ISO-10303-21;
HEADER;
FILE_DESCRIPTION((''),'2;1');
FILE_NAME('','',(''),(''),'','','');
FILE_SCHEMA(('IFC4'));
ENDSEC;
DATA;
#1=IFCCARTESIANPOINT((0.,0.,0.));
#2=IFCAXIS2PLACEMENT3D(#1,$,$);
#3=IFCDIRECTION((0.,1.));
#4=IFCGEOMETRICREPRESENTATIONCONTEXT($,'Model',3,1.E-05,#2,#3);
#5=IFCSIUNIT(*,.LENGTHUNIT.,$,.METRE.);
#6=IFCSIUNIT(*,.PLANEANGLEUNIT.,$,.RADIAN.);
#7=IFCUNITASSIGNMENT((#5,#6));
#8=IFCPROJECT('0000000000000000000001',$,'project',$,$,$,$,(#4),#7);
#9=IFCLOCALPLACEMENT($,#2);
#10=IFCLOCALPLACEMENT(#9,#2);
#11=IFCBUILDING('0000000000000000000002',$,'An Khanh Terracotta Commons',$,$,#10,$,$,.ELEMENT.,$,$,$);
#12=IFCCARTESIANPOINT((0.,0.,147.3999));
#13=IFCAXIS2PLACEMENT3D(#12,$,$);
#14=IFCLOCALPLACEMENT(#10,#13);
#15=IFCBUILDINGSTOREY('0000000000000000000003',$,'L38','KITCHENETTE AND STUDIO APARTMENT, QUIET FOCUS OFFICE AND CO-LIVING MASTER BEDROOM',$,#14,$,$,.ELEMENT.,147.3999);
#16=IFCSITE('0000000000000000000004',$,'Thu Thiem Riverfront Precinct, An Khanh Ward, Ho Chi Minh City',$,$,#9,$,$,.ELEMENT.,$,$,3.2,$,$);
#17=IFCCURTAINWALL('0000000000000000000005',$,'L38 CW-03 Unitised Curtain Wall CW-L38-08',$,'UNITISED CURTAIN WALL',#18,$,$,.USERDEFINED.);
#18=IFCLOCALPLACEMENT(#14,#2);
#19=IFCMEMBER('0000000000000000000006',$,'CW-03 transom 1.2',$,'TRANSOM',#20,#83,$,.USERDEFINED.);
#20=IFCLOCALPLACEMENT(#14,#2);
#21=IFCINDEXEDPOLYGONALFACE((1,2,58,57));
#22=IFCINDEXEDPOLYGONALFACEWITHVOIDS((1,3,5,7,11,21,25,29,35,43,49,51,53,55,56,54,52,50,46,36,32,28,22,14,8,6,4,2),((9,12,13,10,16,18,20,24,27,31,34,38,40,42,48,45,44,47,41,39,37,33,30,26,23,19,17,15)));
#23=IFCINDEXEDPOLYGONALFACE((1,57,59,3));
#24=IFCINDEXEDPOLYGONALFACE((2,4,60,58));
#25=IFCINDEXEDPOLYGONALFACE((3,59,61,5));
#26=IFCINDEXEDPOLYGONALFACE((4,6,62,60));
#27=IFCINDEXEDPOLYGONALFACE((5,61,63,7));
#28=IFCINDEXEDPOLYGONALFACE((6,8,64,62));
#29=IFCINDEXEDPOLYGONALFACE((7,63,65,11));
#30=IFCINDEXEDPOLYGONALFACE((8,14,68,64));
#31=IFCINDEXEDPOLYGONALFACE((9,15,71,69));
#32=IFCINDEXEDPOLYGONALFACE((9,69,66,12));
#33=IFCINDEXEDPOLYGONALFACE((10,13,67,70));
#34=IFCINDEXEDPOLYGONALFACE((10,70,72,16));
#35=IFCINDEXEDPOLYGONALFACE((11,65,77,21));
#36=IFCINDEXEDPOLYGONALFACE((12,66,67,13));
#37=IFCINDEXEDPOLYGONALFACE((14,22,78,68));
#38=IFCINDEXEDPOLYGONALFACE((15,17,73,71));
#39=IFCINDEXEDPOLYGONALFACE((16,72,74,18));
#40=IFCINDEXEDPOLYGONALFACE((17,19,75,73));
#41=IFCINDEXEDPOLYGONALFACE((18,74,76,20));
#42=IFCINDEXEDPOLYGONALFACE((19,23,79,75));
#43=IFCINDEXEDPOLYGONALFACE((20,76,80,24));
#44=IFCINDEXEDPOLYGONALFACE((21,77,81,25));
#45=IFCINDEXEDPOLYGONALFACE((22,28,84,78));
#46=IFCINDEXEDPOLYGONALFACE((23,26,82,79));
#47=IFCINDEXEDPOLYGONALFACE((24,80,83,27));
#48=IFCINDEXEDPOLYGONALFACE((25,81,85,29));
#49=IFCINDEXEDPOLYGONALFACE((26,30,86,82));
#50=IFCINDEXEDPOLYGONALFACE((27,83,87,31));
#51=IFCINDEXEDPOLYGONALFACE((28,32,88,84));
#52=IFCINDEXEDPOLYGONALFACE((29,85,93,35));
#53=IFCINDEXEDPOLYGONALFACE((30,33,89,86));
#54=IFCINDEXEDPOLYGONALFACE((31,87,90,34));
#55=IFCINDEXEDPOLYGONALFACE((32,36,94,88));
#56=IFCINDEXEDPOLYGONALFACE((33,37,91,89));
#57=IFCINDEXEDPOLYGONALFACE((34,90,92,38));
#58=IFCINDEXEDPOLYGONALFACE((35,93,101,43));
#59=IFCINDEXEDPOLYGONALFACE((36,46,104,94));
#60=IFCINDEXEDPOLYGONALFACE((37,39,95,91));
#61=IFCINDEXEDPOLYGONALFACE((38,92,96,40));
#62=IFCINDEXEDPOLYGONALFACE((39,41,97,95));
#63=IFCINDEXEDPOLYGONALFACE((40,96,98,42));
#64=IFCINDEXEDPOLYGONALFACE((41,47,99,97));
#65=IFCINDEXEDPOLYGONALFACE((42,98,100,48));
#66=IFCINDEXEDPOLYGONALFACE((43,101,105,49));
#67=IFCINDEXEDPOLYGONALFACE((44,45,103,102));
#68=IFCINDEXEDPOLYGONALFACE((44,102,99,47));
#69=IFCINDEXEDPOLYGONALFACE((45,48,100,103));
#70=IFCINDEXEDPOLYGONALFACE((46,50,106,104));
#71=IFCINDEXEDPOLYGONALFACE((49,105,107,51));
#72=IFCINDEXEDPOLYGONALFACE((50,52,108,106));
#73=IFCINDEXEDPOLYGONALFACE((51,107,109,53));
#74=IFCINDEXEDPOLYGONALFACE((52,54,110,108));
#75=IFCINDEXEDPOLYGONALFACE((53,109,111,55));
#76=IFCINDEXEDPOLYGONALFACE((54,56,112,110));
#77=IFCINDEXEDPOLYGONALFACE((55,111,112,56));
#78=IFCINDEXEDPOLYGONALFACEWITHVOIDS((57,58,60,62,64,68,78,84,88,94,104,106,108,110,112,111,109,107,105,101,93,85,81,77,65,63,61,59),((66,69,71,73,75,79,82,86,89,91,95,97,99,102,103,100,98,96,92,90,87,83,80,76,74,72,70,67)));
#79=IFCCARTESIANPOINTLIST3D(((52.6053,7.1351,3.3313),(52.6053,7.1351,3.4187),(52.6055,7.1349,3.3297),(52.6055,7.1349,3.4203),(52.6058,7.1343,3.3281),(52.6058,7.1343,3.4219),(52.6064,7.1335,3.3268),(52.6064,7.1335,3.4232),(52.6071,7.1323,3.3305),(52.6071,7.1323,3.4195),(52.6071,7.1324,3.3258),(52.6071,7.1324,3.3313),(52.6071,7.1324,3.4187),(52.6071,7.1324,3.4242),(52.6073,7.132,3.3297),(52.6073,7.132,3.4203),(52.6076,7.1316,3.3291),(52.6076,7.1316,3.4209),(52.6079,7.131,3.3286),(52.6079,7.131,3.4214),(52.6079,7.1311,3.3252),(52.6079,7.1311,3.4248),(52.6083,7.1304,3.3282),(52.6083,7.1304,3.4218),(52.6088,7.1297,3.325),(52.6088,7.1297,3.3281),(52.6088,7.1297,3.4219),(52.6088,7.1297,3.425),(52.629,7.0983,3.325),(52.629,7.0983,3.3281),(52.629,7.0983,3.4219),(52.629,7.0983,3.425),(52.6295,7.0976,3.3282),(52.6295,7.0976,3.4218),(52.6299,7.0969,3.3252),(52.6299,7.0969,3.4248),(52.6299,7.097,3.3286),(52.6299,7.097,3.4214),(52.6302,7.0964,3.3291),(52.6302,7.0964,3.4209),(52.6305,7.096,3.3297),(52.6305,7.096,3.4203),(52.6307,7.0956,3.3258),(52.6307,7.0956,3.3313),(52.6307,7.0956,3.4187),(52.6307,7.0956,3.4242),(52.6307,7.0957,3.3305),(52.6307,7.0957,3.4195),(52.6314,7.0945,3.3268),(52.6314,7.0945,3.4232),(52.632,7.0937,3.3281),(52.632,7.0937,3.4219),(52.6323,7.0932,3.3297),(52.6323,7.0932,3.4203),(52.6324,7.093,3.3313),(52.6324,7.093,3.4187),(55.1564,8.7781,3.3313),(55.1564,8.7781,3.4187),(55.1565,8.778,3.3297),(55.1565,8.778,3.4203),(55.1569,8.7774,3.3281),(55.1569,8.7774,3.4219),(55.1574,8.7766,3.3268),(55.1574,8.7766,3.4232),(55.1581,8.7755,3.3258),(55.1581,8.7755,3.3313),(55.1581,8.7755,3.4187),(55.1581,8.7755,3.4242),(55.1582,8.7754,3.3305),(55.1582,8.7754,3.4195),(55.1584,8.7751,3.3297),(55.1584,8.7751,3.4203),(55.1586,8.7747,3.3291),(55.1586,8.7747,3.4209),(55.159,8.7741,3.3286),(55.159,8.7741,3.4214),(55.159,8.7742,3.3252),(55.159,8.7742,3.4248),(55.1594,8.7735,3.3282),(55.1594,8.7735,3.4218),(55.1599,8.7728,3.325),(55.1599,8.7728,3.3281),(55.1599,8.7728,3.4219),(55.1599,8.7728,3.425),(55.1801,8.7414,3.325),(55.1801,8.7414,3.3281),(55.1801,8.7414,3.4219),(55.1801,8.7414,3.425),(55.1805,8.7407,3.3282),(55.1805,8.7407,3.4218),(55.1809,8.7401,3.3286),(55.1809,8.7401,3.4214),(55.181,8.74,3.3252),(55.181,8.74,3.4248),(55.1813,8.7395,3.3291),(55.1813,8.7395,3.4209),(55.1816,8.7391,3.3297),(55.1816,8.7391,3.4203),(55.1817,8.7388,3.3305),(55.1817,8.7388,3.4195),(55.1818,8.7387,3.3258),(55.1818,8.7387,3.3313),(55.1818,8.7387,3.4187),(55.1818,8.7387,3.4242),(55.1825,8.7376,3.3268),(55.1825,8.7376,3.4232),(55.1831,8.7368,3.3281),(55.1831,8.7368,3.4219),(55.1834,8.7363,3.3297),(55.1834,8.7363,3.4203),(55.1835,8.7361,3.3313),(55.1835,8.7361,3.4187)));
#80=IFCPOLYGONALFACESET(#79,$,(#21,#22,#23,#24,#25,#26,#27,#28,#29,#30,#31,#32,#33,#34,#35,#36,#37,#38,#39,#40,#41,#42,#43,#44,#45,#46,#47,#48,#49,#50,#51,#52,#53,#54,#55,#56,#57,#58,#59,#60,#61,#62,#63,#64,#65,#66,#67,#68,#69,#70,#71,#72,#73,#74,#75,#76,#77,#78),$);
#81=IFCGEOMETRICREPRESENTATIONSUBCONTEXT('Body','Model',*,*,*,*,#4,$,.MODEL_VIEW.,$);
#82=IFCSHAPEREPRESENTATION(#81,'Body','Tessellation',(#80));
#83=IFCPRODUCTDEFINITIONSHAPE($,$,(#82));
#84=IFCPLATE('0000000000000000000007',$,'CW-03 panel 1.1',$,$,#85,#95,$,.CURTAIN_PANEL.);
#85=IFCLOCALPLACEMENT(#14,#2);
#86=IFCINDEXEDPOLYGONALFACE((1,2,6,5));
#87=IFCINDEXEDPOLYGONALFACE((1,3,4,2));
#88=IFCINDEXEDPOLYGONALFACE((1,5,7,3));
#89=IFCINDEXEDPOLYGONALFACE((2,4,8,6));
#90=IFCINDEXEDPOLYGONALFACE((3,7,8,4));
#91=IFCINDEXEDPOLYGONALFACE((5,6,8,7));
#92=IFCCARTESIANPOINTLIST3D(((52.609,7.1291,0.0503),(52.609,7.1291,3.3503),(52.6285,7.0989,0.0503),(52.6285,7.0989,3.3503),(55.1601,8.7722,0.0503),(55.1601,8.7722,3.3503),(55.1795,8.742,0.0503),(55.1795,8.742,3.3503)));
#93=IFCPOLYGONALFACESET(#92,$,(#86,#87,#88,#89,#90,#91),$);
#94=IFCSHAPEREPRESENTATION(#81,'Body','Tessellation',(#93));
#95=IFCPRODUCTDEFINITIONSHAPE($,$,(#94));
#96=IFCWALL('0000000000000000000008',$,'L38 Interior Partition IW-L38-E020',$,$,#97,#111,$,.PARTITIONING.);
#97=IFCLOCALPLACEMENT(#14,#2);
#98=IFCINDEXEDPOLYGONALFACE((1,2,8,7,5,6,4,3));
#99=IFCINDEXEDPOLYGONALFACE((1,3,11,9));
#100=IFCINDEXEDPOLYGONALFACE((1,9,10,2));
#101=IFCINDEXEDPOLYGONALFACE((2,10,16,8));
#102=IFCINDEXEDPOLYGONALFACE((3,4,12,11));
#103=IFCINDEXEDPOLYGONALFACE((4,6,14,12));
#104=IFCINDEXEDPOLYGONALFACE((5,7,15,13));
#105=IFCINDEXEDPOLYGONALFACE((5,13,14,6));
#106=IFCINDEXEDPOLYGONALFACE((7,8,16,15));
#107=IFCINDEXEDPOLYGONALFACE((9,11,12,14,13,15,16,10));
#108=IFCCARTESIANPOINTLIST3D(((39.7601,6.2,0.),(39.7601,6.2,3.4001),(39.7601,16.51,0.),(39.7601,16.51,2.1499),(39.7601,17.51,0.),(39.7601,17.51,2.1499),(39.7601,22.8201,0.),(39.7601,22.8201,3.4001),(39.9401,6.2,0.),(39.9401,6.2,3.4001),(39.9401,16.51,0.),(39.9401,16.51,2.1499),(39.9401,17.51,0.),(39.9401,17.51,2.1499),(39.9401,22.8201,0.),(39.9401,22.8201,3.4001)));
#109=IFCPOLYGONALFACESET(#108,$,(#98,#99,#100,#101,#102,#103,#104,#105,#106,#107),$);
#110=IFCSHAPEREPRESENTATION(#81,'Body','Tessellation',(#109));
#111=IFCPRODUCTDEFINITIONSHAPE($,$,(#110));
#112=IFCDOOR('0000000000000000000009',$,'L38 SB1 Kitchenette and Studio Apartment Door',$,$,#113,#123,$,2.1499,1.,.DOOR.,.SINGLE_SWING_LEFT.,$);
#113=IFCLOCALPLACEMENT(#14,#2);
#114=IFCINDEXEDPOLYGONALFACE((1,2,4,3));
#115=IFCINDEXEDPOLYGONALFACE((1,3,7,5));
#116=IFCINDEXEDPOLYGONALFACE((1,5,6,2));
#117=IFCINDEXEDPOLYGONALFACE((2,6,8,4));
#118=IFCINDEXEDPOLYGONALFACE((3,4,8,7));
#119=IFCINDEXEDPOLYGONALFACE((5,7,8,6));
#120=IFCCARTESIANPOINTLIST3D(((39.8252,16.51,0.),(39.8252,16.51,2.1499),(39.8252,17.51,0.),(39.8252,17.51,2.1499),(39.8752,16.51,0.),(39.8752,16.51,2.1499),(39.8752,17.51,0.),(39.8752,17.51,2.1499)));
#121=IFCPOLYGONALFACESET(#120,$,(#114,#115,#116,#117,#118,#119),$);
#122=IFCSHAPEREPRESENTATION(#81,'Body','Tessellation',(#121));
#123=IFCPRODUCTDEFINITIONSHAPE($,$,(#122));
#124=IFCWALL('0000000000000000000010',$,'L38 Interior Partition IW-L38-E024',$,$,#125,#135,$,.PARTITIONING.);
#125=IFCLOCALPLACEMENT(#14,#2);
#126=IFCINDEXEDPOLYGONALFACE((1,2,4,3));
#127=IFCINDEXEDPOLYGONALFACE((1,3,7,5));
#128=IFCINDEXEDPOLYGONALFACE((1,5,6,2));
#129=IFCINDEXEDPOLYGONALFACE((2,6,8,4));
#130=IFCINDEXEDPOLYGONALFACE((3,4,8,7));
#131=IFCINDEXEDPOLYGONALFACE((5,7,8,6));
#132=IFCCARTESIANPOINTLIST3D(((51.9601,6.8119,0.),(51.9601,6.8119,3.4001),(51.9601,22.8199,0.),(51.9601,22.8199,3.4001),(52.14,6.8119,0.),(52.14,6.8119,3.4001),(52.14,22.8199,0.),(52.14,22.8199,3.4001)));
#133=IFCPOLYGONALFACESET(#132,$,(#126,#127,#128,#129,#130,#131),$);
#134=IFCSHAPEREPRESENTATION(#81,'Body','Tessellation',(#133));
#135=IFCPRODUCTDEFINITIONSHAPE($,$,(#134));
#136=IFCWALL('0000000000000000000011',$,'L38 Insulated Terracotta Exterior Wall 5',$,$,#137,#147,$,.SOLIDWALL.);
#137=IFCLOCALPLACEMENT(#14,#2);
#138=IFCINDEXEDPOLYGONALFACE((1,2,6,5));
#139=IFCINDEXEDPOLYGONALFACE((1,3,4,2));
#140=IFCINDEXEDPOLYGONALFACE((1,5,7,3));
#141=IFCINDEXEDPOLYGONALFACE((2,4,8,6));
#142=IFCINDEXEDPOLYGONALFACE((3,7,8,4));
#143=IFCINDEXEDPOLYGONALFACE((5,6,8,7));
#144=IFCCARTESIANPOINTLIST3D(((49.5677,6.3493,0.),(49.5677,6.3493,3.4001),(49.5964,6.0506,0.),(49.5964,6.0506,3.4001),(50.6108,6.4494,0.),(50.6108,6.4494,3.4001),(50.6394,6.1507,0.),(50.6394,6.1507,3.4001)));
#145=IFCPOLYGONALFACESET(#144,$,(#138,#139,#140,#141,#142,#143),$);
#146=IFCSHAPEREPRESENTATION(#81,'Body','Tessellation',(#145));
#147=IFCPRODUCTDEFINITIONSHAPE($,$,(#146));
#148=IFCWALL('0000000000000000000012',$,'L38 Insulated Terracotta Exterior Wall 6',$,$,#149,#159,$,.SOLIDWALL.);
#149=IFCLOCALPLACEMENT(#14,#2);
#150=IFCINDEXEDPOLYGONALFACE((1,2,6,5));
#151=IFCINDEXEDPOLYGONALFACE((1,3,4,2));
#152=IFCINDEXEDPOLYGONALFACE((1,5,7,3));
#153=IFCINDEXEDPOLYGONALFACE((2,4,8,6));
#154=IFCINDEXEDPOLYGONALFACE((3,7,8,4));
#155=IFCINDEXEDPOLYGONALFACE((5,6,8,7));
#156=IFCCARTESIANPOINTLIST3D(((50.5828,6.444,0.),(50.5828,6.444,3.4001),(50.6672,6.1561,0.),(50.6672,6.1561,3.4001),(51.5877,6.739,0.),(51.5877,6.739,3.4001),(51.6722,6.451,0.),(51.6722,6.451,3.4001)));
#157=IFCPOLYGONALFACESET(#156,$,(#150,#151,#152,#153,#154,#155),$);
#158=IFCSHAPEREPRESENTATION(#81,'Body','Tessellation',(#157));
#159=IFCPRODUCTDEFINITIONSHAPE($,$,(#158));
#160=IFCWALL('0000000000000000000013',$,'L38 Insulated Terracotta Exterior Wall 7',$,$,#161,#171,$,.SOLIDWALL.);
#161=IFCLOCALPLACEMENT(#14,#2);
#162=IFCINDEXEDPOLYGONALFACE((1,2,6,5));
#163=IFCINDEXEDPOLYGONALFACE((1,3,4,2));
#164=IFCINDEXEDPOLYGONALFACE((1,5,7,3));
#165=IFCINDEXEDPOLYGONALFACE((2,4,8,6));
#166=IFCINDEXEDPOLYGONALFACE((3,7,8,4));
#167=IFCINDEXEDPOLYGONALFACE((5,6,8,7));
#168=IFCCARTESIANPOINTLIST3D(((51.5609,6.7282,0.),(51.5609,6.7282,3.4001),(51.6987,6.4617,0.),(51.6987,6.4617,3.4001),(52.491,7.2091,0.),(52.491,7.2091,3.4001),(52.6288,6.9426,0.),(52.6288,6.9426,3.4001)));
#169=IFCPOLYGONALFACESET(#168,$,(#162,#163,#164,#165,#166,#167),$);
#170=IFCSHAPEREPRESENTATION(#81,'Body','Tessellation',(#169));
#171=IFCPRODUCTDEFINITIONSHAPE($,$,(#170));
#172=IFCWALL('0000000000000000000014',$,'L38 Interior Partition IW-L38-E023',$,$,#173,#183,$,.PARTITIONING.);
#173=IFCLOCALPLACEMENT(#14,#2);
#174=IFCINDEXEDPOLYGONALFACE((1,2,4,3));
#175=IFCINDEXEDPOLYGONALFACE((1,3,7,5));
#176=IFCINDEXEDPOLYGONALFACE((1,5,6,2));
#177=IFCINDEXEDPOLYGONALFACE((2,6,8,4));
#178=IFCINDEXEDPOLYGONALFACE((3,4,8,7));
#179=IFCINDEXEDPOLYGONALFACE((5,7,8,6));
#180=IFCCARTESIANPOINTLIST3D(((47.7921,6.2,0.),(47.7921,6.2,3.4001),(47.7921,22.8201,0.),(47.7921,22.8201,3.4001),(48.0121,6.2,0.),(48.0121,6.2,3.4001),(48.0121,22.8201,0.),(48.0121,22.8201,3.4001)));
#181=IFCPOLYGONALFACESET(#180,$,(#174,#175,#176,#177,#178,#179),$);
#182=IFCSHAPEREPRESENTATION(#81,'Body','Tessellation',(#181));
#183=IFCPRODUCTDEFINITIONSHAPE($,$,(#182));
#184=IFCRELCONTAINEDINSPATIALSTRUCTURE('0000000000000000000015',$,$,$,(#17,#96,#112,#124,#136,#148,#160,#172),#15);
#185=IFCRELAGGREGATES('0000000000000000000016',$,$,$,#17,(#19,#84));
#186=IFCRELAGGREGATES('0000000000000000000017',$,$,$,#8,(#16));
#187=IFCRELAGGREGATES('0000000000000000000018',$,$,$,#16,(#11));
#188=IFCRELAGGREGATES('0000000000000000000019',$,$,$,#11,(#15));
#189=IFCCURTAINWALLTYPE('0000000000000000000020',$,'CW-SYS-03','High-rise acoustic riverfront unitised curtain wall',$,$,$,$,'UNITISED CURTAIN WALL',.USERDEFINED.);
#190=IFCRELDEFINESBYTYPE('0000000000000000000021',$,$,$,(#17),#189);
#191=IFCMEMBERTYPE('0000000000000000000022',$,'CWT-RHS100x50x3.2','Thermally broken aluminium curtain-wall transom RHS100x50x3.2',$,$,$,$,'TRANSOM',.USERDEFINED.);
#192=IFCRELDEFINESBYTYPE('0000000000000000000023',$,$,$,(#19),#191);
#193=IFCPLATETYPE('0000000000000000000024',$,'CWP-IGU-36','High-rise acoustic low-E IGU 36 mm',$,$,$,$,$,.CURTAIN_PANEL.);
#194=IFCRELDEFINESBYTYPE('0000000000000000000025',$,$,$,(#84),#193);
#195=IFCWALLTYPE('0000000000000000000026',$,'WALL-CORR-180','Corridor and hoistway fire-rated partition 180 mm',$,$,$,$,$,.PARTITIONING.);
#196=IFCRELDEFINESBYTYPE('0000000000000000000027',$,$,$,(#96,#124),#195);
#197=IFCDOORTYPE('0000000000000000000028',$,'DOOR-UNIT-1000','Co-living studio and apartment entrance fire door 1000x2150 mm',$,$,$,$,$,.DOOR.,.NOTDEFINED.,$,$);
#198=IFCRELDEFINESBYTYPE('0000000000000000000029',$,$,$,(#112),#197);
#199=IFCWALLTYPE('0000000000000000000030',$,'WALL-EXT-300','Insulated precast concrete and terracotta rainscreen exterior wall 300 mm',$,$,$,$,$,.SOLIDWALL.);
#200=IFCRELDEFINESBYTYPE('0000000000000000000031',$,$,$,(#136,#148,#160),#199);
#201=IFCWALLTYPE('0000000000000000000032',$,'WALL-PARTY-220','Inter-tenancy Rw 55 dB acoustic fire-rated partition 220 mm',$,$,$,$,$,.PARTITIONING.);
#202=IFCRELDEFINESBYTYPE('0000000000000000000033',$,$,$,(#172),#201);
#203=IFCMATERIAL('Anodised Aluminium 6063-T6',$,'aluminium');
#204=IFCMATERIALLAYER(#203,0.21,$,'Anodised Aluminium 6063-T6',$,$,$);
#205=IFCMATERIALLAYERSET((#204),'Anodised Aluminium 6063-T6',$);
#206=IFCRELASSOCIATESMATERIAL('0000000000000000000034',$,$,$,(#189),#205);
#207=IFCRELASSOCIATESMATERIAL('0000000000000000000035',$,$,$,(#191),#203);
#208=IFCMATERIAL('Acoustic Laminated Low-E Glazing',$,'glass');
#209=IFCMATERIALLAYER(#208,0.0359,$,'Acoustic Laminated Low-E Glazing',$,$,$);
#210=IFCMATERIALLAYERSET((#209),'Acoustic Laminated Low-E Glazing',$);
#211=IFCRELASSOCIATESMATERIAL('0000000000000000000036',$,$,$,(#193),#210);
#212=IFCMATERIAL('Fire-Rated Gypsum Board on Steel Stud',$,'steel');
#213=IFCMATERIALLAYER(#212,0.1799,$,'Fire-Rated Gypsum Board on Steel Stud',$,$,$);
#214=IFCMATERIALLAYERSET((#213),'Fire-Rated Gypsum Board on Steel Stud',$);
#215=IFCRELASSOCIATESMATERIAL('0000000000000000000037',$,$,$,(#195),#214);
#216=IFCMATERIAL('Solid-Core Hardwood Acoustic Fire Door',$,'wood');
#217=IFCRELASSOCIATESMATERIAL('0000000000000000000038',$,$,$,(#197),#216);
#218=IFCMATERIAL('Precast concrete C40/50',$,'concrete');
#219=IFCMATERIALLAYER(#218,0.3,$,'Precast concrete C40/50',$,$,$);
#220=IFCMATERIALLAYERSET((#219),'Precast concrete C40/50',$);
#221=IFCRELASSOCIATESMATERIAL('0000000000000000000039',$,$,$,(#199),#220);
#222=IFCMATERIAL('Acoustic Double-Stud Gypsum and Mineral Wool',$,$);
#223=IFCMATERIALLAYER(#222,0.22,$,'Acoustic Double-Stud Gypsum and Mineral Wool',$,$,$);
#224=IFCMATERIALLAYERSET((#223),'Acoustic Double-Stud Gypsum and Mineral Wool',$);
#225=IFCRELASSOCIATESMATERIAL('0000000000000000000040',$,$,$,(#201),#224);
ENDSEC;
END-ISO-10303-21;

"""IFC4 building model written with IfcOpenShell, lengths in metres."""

from ifc_helpers import new_model, si_unit, direction, frame, frame_2d, origin, origin_2d, place, context, subcontext, project, spatial, rectangle, hollow_rectangle, extrude, material, layer, layer_set, material_profile, profile_set, type_object, element, fill, aggregate, save


model = new_model("IFC4")

# Units and contexts
model_context = context("Model", 3, precision=1e-05, world=origin(), true_north=direction((0.0, 1.0)))
body_context = subcontext(model_context, "Body", "Model", "MODEL_VIEW")
ifc_project = project(units=[si_unit("LENGTHUNIT", "METRE"), si_unit("PLANEANGLEUNIT", "RADIAN")], contexts=[model_context])

# Site, building, storey
site_placement = place(None, origin())
site = spatial("IfcSite", under=ifc_project, at=site_placement, Name="Thu Thiem Riverfront Precinct, An Khanh Ward, Ho Chi Minh City", CompositionType="ELEMENT", RefElevation=3.2)
building_placement = place(site_placement, origin())
building = spatial("IfcBuilding", under=site, at=building_placement, Name="An Khanh Terracotta Commons", CompositionType="ELEMENT")
storey_placement = place(building_placement, frame((0.0, 0.0, 147.3999)))
storey = spatial("IfcBuildingStorey", under=building, at=storey_placement, Name="L38", Description="KITCHENETTE AND STUDIO APARTMENT, QUIET FOCUS OFFICE AND CO-LIVING MASTER BEDROOM", CompositionType="ELEMENT", Elevation=147.3999)

# Curtain wall, member, plate
ifc_material_1 = material(Name="Anodised Aluminium 6063-T6", Category="aluminium")
ifc_layer_1 = layer(ifc_material_1, 0.21, Name="Anodised Aluminium 6063-T6")
ifc_layer_set_1 = layer_set([ifc_layer_1], Name="Anodised Aluminium 6063-T6")
curtain_wall_type = type_object("IfcCurtainWallType", Name="CW-SYS-03", Description="High-rise acoustic riverfront unitised curtain wall", ElementType="UNITISED CURTAIN WALL", PredefinedType="USERDEFINED", material=ifc_layer_set_1)
curtain_wall_placement = place(storey_placement, origin())
curtain_wall = element("IfcCurtainWall", 1, at=curtain_wall_placement, inside=storey, type_object=curtain_wall_type, Name="L38 CW-03 Unitised Curtain Wall CW-L38-08", ObjectType="UNITISED CURTAIN WALL", PredefinedType="USERDEFINED")
ifc_material_profile_1 = material_profile(ifc_material_1, hollow_rectangle(XDim=0.05, YDim=0.1001, WallThickness=0.0032, InnerFilletRadius=0.0032, OuterFilletRadius=0.0063, at=origin_2d()), Name="RHS100x50x3.2")
ifc_profile_set_1 = profile_set([ifc_material_profile_1], Name="Anodised Aluminium 6063-T6")
member_type_1 = type_object("IfcMemberType", Name="CWT-RHS100x50x3.2", Description="Thermally broken aluminium curtain-wall transom RHS100x50x3.2", ElementType="TRANSOM", PredefinedType="USERDEFINED", material=ifc_profile_set_1)
member_1_placement = place(storey_placement, frame((52.6189, 7.114, 3.375), z_axis=(0.84071, 0.541485, 0.0), x_axis=(-0.541485, 0.84071, 0.0)))
member_1 = element("IfcMember", 2, at=member_1_placement, type_object=member_type_1, Name="CW-03 transom 1.2", ObjectType="TRANSOM", PredefinedType="USERDEFINED", context=body_context, shape_type="SweptSolid", body=[
    extrude(hollow_rectangle(XDim=0.05, YDim=0.1001, WallThickness=0.0032, InnerFilletRadius=0.0032, OuterFilletRadius=0.0063, at=origin_2d()), origin(), (0.0, 0.0, 1.0), 3.0344),
])
ifc_material_2 = material(Name="Acoustic Laminated Low-E Glazing", Category="glass")
ifc_layer_2 = layer(ifc_material_2, 0.0359, Name="Acoustic Laminated Low-E Glazing")
ifc_layer_set_2 = layer_set([ifc_layer_2], Name="Acoustic Laminated Low-E Glazing")
plate_type = type_object("IfcPlateType", Name="CWP-IGU-36", Description="High-rise acoustic low-E IGU 36 mm", PredefinedType="CURTAIN_PANEL", material=ifc_layer_set_2)
plate_placement = place(storey_placement, frame((53.8943, 7.9355, 0.0503), z_axis=(0.0, 0.0, 1.0), x_axis=(0.840702, 0.541498, 0.0)))
plate = element("IfcPlate", 3, at=plate_placement, type_object=plate_type, Name="CW-03 panel 1.1", PredefinedType="CURTAIN_PANEL", context=body_context, shape_type="SweptSolid", body=[
    extrude(rectangle(XDim=3.0344, YDim=0.0359, at=origin_2d()), origin(), (0.0, 0.0, 1.0), 3.3),
])
aggregate(curtain_wall, [member_1, plate])

# Wall, opening, door
ifc_material_3 = material(Name="Fire-Rated Gypsum Board on Steel Stud", Category="steel")
ifc_layer_3 = layer(ifc_material_3, 0.1799, Name="Fire-Rated Gypsum Board on Steel Stud")
ifc_layer_set_3 = layer_set([ifc_layer_3], Name="Fire-Rated Gypsum Board on Steel Stud")
wall_type_1 = type_object("IfcWallType", Name="WALL-CORR-180", Description="Corridor and hoistway fire-rated partition 180 mm", PredefinedType="PARTITIONING", material=ifc_layer_set_3)
wall_1_placement = place(storey_placement, frame((39.8501, 6.2, 0.0), z_axis=(0.0, 0.0, 1.0), x_axis=(0.0, 1.0, 0.0)))
wall_1 = element("IfcWall", 4, at=wall_1_placement, inside=storey, type_object=wall_type_1, Name="L38 Interior Partition IW-L38-E020", PredefinedType="PARTITIONING", context=body_context, shape_type="SweptSolid", body=[
    extrude(rectangle(XDim=16.6201, YDim=0.1799, at=frame_2d((8.3101, 0.0))), origin(), (0.0, 0.0, 1.0), 3.4001),
])
opening_1_placement = place(wall_1_placement, frame((10.3101, 0.0, 0.0)))
opening_1 = element("IfcOpeningElement", 5, at=opening_1_placement, cuts=wall_1, PredefinedType="OPENING", context=body_context, shape_type="SweptSolid", body=[
    extrude(rectangle(XDim=1.0, YDim=2.1499, at=frame_2d((0.5, 1.075))), frame((0.0, 0.0999, 0.0), z_axis=(0.0, -1.0, 0.0), x_axis=(1.0, 0.0, 0.0)), (0.0, 0.0, 1.0), 0.2),
])
ifc_material_4 = material(Name="Solid-Core Hardwood Acoustic Fire Door", Category="wood")
door_type_1 = type_object("IfcDoorType", Name="DOOR-UNIT-1000", Description="Co-living studio and apartment entrance fire door 1000x2150 mm", OperationType="NOTDEFINED", PredefinedType="DOOR", material=ifc_material_4)
door_1_placement = place(opening_1_placement, origin())
door_1 = element("IfcDoor", 6, at=door_1_placement, inside=storey, type_object=door_type_1, Name="L38 SB1 Kitchenette and Studio Apartment Door", OperationType="SINGLE_SWING_LEFT", OverallHeight=2.1499, OverallWidth=1.0, PredefinedType="DOOR", context=body_context, shape_type="SweptSolid", body=[
    extrude(rectangle(XDim=1.0, YDim=2.1499, at=frame_2d((0.5, 1.075))), frame((0.0, 0.0249, 0.0), z_axis=(0.0, -1.0, 0.0), x_axis=(1.0, 0.0, 0.0)), (0.0, 0.0, 1.0), 0.05),
])
fill(opening_1, door_1)

# Walls
wall_2_placement = place(storey_placement, frame((52.05, 6.812, 0.0), z_axis=(0.0, 0.0, 1.0), x_axis=(0.0, 1.0, 0.0)))
element("IfcWall", 7, at=wall_2_placement, inside=storey, type_object=wall_type_1, Name="L38 Interior Partition IW-L38-E024", PredefinedType="PARTITIONING", context=body_context, shape_type="SweptSolid", body=[
    extrude(rectangle(XDim=16.0081, YDim=0.1799, at=frame_2d((8.0039, 0.0))), origin(), (0.0, 0.0, 1.0), 3.4001),
])
ifc_material_5 = material(Name="Precast concrete C40/50", Category="concrete")
ifc_layer_4 = layer(ifc_material_5, 0.3, Name="Precast concrete C40/50")
ifc_layer_set_4 = layer_set([ifc_layer_4], Name="Precast concrete C40/50")
wall_type_2 = type_object("IfcWallType", Name="WALL-EXT-300", Description="Insulated precast concrete and terracotta rainscreen exterior wall 300 mm", PredefinedType="SOLIDWALL", material=ifc_layer_set_4)
wall_3_placement = place(storey_placement, frame((49.582, 6.2, 0.0), z_axis=(0.0, 0.0, 1.0), x_axis=(0.995426, 0.095535, 0.0)))
element("IfcWall", 8, at=wall_3_placement, inside=storey, type_object=wall_type_2, Name="L38 Insulated Terracotta Exterior Wall 5", PredefinedType="SOLIDWALL", context=body_context, shape_type="SweptSolid", body=[
    extrude(rectangle(XDim=1.0479, YDim=0.3, at=frame_2d((0.5239, 0.0))), origin(), (0.0, 0.0, 1.0), 3.4001),
])
wall_4_placement = place(storey_placement, frame((50.625, 6.3, 0.0), z_axis=(0.0, 0.0, 1.0), x_axis=(0.959529, 0.281611, 0.0)))
element("IfcWall", 9, at=wall_4_placement, inside=storey, type_object=wall_type_2, Name="L38 Insulated Terracotta Exterior Wall 6", PredefinedType="SOLIDWALL", context=body_context, shape_type="SweptSolid", body=[
    extrude(rectangle(XDim=1.0474, YDim=0.3, at=frame_2d((0.5237, 0.0))), origin(), (0.0, 0.0, 1.0), 3.4001),
])
wall_5_placement = place(storey_placement, frame((51.6299, 6.595, 0.0), z_axis=(0.0, 0.0, 1.0), x_axis=(0.888283, 0.459296, 0.0)))
element("IfcWall", 10, at=wall_5_placement, inside=storey, type_object=wall_type_2, Name="L38 Insulated Terracotta Exterior Wall 7", PredefinedType="SOLIDWALL", context=body_context, shape_type="SweptSolid", body=[
    extrude(rectangle(XDim=1.0471, YDim=0.3, at=frame_2d((0.5234, 0.0))), origin(), (0.0, 0.0, 1.0), 3.4001),
])
ifc_material_6 = material(Name="Acoustic Double-Stud Gypsum and Mineral Wool")
ifc_layer_5 = layer(ifc_material_6, 0.22, Name="Acoustic Double-Stud Gypsum and Mineral Wool")
ifc_layer_set_5 = layer_set([ifc_layer_5], Name="Acoustic Double-Stud Gypsum and Mineral Wool")
wall_type_3 = type_object("IfcWallType", Name="WALL-PARTY-220", Description="Inter-tenancy Rw 55 dB acoustic fire-rated partition 220 mm", PredefinedType="PARTITIONING", material=ifc_layer_set_5)
wall_6_placement = place(storey_placement, frame((47.9021, 6.2, 0.0), z_axis=(0.0, 0.0, 1.0), x_axis=(0.0, 1.0, 0.0)))
element("IfcWall", 11, at=wall_6_placement, inside=storey, type_object=wall_type_3, Name="L38 Interior Partition IW-L38-E023", PredefinedType="PARTITIONING", context=body_context, shape_type="SweptSolid", body=[
    extrude(rectangle(XDim=16.6201, YDim=0.22, at=frame_2d((8.3101, 0.0))), origin(), (0.0, 0.0, 1.0), 3.4001),
])

save(model, "model.ifc")
